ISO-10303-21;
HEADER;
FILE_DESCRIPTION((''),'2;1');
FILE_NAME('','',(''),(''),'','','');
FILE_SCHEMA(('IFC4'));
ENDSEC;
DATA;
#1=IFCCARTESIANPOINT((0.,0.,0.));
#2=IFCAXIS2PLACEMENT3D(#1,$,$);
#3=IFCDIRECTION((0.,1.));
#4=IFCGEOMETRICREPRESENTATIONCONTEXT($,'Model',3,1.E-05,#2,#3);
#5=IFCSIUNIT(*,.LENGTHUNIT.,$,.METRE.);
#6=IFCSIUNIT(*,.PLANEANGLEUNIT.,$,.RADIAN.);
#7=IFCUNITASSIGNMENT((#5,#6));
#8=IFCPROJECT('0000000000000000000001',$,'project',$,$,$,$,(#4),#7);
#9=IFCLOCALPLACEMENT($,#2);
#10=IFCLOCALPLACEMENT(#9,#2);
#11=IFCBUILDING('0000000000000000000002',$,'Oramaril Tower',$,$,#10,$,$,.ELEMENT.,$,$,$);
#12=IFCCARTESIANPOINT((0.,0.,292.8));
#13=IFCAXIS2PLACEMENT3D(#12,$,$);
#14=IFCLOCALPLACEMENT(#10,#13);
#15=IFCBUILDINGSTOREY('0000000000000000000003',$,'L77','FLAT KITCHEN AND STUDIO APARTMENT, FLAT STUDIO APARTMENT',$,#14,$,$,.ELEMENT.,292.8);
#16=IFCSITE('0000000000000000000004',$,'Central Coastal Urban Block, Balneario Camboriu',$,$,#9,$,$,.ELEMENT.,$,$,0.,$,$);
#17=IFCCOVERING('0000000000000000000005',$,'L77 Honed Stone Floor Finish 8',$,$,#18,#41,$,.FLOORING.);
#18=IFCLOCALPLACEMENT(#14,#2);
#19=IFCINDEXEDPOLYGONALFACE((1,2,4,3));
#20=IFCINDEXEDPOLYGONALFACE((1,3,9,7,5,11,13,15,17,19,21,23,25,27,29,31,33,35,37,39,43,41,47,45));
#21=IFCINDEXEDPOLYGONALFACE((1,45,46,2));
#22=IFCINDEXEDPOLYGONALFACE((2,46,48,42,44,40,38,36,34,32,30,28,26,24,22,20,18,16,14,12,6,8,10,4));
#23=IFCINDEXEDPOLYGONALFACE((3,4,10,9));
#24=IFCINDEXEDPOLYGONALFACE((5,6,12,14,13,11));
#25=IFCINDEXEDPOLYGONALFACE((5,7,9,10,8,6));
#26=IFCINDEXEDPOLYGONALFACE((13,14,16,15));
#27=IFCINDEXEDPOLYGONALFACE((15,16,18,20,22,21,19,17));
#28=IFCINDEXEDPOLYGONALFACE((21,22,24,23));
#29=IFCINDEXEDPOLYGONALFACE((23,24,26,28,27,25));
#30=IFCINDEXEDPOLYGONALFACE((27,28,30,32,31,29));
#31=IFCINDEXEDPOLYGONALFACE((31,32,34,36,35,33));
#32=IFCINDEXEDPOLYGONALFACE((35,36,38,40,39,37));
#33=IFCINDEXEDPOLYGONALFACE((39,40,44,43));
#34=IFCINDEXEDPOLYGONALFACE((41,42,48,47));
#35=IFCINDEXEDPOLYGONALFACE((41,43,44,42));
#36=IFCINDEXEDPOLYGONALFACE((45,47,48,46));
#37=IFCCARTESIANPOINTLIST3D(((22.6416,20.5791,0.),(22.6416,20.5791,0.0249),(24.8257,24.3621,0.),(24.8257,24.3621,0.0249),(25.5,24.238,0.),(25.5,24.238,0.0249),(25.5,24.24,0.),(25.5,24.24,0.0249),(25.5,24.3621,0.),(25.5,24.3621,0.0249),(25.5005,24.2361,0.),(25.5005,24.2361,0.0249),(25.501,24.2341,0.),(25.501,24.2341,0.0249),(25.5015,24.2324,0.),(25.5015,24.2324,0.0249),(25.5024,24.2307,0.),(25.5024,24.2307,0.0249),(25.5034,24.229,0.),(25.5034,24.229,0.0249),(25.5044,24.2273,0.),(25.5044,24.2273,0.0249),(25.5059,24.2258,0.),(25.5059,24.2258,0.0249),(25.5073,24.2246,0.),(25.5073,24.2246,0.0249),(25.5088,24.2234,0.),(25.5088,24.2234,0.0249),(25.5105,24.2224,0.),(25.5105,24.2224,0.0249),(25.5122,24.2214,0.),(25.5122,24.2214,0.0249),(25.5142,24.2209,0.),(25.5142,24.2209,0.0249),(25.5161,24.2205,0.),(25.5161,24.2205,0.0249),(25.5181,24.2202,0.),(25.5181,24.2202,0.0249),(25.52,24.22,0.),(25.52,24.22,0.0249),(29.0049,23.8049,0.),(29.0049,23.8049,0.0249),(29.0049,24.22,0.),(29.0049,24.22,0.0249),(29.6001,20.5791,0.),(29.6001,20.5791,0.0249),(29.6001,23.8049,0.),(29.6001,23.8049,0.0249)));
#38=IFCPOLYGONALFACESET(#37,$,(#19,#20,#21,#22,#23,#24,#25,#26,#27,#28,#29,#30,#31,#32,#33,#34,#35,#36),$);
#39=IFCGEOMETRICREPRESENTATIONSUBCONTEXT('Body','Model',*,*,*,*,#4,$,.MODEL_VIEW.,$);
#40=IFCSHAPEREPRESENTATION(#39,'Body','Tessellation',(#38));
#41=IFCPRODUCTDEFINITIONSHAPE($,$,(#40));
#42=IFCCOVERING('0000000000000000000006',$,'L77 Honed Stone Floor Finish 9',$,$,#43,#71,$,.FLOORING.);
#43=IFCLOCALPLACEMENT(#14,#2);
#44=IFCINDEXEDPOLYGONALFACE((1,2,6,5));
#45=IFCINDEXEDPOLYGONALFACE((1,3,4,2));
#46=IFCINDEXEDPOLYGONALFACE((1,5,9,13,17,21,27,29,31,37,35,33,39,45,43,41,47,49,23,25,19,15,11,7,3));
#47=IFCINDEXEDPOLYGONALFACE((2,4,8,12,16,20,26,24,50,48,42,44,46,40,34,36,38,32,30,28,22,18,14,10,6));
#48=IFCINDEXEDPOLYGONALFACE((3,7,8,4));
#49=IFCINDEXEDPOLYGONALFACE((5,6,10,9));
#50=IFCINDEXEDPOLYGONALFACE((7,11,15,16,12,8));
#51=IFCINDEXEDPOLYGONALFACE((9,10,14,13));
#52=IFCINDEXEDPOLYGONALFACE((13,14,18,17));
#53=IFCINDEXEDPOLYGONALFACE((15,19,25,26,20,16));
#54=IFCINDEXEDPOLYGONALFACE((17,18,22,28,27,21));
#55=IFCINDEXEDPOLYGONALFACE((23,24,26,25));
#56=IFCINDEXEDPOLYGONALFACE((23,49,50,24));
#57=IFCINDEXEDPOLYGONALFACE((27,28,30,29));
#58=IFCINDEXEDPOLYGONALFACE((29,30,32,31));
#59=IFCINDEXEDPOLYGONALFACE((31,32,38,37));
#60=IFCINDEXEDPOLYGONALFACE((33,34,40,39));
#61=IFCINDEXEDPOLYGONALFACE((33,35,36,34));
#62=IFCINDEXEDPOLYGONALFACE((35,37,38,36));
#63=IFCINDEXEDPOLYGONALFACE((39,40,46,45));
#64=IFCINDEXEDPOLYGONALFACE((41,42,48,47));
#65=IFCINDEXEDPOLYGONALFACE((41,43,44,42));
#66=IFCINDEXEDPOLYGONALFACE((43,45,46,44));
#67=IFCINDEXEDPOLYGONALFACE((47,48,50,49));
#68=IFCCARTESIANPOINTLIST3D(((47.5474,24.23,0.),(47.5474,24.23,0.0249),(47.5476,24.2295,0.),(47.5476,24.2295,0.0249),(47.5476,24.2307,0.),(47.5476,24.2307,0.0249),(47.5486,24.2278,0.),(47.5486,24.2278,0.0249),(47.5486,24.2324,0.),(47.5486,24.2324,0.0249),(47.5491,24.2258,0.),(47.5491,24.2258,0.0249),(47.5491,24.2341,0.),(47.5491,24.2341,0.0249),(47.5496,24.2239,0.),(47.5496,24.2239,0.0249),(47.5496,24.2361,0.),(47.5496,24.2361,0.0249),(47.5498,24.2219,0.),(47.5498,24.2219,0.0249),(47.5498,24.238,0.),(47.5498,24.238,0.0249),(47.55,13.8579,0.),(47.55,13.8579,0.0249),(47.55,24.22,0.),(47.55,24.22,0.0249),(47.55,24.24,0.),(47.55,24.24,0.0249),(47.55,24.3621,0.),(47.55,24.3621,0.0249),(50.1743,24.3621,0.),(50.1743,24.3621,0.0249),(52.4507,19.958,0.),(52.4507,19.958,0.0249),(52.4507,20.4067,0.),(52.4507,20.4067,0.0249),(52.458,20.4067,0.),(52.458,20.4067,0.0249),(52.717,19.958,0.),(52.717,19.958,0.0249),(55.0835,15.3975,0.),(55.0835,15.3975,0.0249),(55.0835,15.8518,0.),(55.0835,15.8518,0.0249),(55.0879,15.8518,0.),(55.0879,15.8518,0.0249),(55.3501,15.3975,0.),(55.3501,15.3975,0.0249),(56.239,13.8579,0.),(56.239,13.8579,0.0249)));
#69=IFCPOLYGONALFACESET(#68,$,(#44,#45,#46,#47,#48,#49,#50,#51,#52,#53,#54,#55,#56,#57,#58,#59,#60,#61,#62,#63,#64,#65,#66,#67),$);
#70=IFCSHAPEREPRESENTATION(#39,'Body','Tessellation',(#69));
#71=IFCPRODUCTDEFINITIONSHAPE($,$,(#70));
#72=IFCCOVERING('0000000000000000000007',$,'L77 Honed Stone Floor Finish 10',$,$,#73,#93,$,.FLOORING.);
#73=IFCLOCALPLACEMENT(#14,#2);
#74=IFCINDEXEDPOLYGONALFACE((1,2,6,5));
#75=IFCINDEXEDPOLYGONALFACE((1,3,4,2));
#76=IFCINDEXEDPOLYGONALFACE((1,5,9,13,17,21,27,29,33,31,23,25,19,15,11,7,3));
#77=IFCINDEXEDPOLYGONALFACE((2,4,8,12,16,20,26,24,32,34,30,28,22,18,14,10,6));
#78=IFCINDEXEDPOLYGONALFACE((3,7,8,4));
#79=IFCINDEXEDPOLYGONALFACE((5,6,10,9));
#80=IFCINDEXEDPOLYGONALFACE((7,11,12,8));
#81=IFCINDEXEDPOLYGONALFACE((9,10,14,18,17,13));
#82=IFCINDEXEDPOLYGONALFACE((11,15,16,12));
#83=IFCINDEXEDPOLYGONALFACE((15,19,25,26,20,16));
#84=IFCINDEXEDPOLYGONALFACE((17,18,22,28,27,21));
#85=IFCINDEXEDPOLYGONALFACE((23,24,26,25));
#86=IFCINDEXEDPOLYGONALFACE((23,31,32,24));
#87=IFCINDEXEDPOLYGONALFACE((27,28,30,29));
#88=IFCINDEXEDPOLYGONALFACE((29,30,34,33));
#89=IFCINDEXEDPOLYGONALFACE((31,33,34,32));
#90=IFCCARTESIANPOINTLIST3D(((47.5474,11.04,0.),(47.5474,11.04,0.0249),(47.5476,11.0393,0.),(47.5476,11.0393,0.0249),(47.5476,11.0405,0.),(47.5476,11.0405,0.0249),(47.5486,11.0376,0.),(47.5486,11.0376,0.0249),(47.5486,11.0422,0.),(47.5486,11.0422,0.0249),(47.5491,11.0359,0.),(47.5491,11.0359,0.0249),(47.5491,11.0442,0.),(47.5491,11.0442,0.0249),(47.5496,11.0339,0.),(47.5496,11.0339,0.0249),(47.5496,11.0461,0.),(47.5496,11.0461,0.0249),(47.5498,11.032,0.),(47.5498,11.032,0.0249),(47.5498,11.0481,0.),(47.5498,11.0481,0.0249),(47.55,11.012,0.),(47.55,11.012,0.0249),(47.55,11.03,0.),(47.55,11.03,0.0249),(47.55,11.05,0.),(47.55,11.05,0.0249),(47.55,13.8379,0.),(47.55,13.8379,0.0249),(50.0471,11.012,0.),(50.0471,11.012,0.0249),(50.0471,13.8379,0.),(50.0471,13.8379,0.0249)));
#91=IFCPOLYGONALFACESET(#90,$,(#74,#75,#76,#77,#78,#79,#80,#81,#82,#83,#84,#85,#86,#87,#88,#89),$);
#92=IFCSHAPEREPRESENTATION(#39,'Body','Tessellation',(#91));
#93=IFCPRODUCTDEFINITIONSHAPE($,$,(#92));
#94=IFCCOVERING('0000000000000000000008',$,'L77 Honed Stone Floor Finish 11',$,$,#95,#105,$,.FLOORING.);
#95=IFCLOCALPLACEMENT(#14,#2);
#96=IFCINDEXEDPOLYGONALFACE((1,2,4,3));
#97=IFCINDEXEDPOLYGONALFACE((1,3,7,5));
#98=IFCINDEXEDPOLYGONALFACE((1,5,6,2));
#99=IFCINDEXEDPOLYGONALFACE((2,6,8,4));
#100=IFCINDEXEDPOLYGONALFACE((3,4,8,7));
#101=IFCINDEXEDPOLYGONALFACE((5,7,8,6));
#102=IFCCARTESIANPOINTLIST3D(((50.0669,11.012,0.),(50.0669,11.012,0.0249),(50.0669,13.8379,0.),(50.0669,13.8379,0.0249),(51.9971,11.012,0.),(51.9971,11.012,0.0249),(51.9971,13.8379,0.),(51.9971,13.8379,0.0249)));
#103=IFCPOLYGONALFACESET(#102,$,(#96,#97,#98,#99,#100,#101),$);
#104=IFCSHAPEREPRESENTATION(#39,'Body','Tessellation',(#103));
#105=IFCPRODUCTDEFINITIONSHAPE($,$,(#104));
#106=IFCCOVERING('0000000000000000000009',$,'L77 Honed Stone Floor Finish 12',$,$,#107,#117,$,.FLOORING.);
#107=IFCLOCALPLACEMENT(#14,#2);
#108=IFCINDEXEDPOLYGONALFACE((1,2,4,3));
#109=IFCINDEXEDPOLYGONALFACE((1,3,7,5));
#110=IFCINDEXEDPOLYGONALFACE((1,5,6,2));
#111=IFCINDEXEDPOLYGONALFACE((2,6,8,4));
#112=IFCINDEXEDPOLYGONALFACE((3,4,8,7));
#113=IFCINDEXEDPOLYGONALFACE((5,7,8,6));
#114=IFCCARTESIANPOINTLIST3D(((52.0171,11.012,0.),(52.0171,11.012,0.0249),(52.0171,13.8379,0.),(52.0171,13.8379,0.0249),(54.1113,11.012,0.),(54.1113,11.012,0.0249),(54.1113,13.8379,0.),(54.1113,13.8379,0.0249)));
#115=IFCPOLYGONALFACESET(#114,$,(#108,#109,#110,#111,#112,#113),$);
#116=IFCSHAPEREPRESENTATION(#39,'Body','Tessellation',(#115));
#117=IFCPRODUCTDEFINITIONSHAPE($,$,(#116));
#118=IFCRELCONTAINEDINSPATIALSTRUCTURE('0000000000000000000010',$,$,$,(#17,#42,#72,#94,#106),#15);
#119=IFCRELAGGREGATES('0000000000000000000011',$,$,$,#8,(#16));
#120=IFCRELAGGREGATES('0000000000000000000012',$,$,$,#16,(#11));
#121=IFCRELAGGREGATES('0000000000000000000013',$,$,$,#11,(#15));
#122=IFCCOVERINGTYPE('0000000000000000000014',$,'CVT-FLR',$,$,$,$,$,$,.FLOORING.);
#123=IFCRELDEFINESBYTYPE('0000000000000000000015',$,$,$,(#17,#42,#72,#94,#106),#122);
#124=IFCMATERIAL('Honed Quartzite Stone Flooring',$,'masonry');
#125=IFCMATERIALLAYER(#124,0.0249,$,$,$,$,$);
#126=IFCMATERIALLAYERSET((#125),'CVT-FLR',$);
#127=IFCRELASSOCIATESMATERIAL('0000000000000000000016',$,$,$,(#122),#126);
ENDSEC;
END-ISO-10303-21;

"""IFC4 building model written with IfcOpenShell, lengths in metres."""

from ifc_helpers import new_model, si_unit, direction, frame, origin, place, context, subcontext, project, spatial, polyline, outline, extrude, material, layer, layer_set, type_object, element, save


model = new_model("IFC4")

# Units and contexts
model_context = context("Model", 3, precision=1e-05, world=origin(), true_north=direction((0.0, 1.0)))
body_context = subcontext(model_context, "Body", "Model", "MODEL_VIEW")
ifc_project = project(units=[si_unit("LENGTHUNIT", "METRE"), si_unit("PLANEANGLEUNIT", "RADIAN")], contexts=[model_context])

# Site, building, storey
site_placement = place(None, origin())
site = spatial("IfcSite", under=ifc_project, at=site_placement, Name="Central Coastal Urban Block, Balneario Camboriu", CompositionType="ELEMENT", RefElevation=0.0)
building_placement = place(site_placement, origin())
building = spatial("IfcBuilding", under=site, at=building_placement, Name="Oramaril Tower", CompositionType="ELEMENT")
storey_placement = place(building_placement, frame((0.0, 0.0, 292.8)))
storey = spatial("IfcBuildingStorey", under=building, at=storey_placement, Name="L77", Description="FLAT KITCHEN AND STUDIO APARTMENT, FLAT STUDIO APARTMENT", CompositionType="ELEMENT", Elevation=292.8)

# Coverings
ifc_material_1 = material(Name="Honed Quartzite Stone Flooring", Category="masonry")
ifc_layer_1 = layer(ifc_material_1, 0.0249)
ifc_layer_set_1 = layer_set([ifc_layer_1], Name="CVT-FLR")
covering_type_1 = type_object("IfcCoveringType", Name="CVT-FLR", PredefinedType="FLOORING", material=ifc_layer_set_1)
covering_1_placement = place(storey_placement, origin())
element("IfcCovering", 1, at=covering_1_placement, inside=storey, type_object=covering_type_1, Name="L77 Honed Stone Floor Finish 8", PredefinedType="FLOORING", context=body_context, shape_type="SweptSolid", body=[
    extrude(outline(polyline([(29.0049, 23.8049), (29.6001, 23.8049), (29.6001, 20.5791), (22.6416, 20.5791), (24.8257, 24.3621), (25.5, 24.3621), (25.5, 24.24), (25.5, 24.238), (25.5005, 24.2361), (25.501, 24.2341), (25.5015, 24.2324), (25.5024, 24.2307), (25.5034, 24.229), (25.5044, 24.2273), (25.5059, 24.2258), (25.5073, 24.2246), (25.5088, 24.2234), (25.5105, 24.2224), (25.5122, 24.2214), (25.5142, 24.2209), (25.5161, 24.2205), (25.5181, 24.2202), (25.52, 24.22), (29.0049, 24.22), (29.0049, 23.8049)])), origin(), (0.0, 0.0, 1.0), 0.0249),
])
covering_2_placement = place(storey_placement, origin())
element("IfcCovering", 2, at=covering_2_placement, inside=storey, type_object=covering_type_1, Name="L77 Honed Stone Floor Finish 9", PredefinedType="FLOORING", context=body_context, shape_type="SweptSolid", body=[
    extrude(outline(polyline([(52.4507, 20.4067), (52.4507, 19.958), (52.717, 19.958), (55.0879, 15.8518), (55.0835, 15.8518), (55.0835, 15.3975), (55.3501, 15.3975), (56.239, 13.8579), (47.55, 13.8579), (47.55, 24.22), (47.5498, 24.2219), (47.5496, 24.2239), (47.5491, 24.2258), (47.5486, 24.2278), (47.5476, 24.2295), (47.5474, 24.23), (47.5476, 24.2307), (47.5486, 24.2324), (47.5491, 24.2341), (47.5496, 24.2361), (47.5498, 24.238), (47.55, 24.24), (47.55, 24.3621), (50.1743, 24.3621), (52.458, 20.4067), (52.4507, 20.4067)])), origin(), (0.0, 0.0, 1.0), 0.0249),
])
covering_3_placement = place(storey_placement, origin())
element("IfcCovering", 3, at=covering_3_placement, inside=storey, type_object=covering_type_1, Name="L77 Honed Stone Floor Finish 10", PredefinedType="FLOORING", context=body_context, shape_type="SweptSolid", body=[
    extrude(outline(polyline([(50.0471, 11.012), (47.55, 11.012), (47.55, 11.03), (47.5498, 11.032), (47.5496, 11.0339), (47.5491, 11.0359), (47.5486, 11.0376), (47.5476, 11.0393), (47.5474, 11.04), (47.5476, 11.0405), (47.5486, 11.0422), (47.5491, 11.0442), (47.5496, 11.0461), (47.5498, 11.0481), (47.55, 11.05), (47.55, 13.8379), (50.0471, 13.8379), (50.0471, 11.012)])), origin(), (0.0, 0.0, 1.0), 0.0249),
])
covering_4_placement = place(storey_placement, origin())
element("IfcCovering", 4, at=covering_4_placement, inside=storey, type_object=covering_type_1, Name="L77 Honed Stone Floor Finish 11", PredefinedType="FLOORING", context=body_context, shape_type="SweptSolid", body=[
    extrude(outline(polyline([(51.9971, 11.012), (50.0669, 11.012), (50.0669, 13.8379), (51.9971, 13.8379), (51.9971, 11.012)])), origin(), (0.0, 0.0, 1.0), 0.0249),
])
covering_5_placement = place(storey_placement, origin())
element("IfcCovering", 5, at=covering_5_placement, inside=storey, type_object=covering_type_1, Name="L77 Honed Stone Floor Finish 12", PredefinedType="FLOORING", context=body_context, shape_type="SweptSolid", body=[
    extrude(outline(polyline([(54.1113, 11.012), (52.0171, 11.012), (52.0171, 13.8379), (54.1113, 13.8379), (54.1113, 11.012)])), origin(), (0.0, 0.0, 1.0), 0.0249),
])

save(model, "model.ifc")
